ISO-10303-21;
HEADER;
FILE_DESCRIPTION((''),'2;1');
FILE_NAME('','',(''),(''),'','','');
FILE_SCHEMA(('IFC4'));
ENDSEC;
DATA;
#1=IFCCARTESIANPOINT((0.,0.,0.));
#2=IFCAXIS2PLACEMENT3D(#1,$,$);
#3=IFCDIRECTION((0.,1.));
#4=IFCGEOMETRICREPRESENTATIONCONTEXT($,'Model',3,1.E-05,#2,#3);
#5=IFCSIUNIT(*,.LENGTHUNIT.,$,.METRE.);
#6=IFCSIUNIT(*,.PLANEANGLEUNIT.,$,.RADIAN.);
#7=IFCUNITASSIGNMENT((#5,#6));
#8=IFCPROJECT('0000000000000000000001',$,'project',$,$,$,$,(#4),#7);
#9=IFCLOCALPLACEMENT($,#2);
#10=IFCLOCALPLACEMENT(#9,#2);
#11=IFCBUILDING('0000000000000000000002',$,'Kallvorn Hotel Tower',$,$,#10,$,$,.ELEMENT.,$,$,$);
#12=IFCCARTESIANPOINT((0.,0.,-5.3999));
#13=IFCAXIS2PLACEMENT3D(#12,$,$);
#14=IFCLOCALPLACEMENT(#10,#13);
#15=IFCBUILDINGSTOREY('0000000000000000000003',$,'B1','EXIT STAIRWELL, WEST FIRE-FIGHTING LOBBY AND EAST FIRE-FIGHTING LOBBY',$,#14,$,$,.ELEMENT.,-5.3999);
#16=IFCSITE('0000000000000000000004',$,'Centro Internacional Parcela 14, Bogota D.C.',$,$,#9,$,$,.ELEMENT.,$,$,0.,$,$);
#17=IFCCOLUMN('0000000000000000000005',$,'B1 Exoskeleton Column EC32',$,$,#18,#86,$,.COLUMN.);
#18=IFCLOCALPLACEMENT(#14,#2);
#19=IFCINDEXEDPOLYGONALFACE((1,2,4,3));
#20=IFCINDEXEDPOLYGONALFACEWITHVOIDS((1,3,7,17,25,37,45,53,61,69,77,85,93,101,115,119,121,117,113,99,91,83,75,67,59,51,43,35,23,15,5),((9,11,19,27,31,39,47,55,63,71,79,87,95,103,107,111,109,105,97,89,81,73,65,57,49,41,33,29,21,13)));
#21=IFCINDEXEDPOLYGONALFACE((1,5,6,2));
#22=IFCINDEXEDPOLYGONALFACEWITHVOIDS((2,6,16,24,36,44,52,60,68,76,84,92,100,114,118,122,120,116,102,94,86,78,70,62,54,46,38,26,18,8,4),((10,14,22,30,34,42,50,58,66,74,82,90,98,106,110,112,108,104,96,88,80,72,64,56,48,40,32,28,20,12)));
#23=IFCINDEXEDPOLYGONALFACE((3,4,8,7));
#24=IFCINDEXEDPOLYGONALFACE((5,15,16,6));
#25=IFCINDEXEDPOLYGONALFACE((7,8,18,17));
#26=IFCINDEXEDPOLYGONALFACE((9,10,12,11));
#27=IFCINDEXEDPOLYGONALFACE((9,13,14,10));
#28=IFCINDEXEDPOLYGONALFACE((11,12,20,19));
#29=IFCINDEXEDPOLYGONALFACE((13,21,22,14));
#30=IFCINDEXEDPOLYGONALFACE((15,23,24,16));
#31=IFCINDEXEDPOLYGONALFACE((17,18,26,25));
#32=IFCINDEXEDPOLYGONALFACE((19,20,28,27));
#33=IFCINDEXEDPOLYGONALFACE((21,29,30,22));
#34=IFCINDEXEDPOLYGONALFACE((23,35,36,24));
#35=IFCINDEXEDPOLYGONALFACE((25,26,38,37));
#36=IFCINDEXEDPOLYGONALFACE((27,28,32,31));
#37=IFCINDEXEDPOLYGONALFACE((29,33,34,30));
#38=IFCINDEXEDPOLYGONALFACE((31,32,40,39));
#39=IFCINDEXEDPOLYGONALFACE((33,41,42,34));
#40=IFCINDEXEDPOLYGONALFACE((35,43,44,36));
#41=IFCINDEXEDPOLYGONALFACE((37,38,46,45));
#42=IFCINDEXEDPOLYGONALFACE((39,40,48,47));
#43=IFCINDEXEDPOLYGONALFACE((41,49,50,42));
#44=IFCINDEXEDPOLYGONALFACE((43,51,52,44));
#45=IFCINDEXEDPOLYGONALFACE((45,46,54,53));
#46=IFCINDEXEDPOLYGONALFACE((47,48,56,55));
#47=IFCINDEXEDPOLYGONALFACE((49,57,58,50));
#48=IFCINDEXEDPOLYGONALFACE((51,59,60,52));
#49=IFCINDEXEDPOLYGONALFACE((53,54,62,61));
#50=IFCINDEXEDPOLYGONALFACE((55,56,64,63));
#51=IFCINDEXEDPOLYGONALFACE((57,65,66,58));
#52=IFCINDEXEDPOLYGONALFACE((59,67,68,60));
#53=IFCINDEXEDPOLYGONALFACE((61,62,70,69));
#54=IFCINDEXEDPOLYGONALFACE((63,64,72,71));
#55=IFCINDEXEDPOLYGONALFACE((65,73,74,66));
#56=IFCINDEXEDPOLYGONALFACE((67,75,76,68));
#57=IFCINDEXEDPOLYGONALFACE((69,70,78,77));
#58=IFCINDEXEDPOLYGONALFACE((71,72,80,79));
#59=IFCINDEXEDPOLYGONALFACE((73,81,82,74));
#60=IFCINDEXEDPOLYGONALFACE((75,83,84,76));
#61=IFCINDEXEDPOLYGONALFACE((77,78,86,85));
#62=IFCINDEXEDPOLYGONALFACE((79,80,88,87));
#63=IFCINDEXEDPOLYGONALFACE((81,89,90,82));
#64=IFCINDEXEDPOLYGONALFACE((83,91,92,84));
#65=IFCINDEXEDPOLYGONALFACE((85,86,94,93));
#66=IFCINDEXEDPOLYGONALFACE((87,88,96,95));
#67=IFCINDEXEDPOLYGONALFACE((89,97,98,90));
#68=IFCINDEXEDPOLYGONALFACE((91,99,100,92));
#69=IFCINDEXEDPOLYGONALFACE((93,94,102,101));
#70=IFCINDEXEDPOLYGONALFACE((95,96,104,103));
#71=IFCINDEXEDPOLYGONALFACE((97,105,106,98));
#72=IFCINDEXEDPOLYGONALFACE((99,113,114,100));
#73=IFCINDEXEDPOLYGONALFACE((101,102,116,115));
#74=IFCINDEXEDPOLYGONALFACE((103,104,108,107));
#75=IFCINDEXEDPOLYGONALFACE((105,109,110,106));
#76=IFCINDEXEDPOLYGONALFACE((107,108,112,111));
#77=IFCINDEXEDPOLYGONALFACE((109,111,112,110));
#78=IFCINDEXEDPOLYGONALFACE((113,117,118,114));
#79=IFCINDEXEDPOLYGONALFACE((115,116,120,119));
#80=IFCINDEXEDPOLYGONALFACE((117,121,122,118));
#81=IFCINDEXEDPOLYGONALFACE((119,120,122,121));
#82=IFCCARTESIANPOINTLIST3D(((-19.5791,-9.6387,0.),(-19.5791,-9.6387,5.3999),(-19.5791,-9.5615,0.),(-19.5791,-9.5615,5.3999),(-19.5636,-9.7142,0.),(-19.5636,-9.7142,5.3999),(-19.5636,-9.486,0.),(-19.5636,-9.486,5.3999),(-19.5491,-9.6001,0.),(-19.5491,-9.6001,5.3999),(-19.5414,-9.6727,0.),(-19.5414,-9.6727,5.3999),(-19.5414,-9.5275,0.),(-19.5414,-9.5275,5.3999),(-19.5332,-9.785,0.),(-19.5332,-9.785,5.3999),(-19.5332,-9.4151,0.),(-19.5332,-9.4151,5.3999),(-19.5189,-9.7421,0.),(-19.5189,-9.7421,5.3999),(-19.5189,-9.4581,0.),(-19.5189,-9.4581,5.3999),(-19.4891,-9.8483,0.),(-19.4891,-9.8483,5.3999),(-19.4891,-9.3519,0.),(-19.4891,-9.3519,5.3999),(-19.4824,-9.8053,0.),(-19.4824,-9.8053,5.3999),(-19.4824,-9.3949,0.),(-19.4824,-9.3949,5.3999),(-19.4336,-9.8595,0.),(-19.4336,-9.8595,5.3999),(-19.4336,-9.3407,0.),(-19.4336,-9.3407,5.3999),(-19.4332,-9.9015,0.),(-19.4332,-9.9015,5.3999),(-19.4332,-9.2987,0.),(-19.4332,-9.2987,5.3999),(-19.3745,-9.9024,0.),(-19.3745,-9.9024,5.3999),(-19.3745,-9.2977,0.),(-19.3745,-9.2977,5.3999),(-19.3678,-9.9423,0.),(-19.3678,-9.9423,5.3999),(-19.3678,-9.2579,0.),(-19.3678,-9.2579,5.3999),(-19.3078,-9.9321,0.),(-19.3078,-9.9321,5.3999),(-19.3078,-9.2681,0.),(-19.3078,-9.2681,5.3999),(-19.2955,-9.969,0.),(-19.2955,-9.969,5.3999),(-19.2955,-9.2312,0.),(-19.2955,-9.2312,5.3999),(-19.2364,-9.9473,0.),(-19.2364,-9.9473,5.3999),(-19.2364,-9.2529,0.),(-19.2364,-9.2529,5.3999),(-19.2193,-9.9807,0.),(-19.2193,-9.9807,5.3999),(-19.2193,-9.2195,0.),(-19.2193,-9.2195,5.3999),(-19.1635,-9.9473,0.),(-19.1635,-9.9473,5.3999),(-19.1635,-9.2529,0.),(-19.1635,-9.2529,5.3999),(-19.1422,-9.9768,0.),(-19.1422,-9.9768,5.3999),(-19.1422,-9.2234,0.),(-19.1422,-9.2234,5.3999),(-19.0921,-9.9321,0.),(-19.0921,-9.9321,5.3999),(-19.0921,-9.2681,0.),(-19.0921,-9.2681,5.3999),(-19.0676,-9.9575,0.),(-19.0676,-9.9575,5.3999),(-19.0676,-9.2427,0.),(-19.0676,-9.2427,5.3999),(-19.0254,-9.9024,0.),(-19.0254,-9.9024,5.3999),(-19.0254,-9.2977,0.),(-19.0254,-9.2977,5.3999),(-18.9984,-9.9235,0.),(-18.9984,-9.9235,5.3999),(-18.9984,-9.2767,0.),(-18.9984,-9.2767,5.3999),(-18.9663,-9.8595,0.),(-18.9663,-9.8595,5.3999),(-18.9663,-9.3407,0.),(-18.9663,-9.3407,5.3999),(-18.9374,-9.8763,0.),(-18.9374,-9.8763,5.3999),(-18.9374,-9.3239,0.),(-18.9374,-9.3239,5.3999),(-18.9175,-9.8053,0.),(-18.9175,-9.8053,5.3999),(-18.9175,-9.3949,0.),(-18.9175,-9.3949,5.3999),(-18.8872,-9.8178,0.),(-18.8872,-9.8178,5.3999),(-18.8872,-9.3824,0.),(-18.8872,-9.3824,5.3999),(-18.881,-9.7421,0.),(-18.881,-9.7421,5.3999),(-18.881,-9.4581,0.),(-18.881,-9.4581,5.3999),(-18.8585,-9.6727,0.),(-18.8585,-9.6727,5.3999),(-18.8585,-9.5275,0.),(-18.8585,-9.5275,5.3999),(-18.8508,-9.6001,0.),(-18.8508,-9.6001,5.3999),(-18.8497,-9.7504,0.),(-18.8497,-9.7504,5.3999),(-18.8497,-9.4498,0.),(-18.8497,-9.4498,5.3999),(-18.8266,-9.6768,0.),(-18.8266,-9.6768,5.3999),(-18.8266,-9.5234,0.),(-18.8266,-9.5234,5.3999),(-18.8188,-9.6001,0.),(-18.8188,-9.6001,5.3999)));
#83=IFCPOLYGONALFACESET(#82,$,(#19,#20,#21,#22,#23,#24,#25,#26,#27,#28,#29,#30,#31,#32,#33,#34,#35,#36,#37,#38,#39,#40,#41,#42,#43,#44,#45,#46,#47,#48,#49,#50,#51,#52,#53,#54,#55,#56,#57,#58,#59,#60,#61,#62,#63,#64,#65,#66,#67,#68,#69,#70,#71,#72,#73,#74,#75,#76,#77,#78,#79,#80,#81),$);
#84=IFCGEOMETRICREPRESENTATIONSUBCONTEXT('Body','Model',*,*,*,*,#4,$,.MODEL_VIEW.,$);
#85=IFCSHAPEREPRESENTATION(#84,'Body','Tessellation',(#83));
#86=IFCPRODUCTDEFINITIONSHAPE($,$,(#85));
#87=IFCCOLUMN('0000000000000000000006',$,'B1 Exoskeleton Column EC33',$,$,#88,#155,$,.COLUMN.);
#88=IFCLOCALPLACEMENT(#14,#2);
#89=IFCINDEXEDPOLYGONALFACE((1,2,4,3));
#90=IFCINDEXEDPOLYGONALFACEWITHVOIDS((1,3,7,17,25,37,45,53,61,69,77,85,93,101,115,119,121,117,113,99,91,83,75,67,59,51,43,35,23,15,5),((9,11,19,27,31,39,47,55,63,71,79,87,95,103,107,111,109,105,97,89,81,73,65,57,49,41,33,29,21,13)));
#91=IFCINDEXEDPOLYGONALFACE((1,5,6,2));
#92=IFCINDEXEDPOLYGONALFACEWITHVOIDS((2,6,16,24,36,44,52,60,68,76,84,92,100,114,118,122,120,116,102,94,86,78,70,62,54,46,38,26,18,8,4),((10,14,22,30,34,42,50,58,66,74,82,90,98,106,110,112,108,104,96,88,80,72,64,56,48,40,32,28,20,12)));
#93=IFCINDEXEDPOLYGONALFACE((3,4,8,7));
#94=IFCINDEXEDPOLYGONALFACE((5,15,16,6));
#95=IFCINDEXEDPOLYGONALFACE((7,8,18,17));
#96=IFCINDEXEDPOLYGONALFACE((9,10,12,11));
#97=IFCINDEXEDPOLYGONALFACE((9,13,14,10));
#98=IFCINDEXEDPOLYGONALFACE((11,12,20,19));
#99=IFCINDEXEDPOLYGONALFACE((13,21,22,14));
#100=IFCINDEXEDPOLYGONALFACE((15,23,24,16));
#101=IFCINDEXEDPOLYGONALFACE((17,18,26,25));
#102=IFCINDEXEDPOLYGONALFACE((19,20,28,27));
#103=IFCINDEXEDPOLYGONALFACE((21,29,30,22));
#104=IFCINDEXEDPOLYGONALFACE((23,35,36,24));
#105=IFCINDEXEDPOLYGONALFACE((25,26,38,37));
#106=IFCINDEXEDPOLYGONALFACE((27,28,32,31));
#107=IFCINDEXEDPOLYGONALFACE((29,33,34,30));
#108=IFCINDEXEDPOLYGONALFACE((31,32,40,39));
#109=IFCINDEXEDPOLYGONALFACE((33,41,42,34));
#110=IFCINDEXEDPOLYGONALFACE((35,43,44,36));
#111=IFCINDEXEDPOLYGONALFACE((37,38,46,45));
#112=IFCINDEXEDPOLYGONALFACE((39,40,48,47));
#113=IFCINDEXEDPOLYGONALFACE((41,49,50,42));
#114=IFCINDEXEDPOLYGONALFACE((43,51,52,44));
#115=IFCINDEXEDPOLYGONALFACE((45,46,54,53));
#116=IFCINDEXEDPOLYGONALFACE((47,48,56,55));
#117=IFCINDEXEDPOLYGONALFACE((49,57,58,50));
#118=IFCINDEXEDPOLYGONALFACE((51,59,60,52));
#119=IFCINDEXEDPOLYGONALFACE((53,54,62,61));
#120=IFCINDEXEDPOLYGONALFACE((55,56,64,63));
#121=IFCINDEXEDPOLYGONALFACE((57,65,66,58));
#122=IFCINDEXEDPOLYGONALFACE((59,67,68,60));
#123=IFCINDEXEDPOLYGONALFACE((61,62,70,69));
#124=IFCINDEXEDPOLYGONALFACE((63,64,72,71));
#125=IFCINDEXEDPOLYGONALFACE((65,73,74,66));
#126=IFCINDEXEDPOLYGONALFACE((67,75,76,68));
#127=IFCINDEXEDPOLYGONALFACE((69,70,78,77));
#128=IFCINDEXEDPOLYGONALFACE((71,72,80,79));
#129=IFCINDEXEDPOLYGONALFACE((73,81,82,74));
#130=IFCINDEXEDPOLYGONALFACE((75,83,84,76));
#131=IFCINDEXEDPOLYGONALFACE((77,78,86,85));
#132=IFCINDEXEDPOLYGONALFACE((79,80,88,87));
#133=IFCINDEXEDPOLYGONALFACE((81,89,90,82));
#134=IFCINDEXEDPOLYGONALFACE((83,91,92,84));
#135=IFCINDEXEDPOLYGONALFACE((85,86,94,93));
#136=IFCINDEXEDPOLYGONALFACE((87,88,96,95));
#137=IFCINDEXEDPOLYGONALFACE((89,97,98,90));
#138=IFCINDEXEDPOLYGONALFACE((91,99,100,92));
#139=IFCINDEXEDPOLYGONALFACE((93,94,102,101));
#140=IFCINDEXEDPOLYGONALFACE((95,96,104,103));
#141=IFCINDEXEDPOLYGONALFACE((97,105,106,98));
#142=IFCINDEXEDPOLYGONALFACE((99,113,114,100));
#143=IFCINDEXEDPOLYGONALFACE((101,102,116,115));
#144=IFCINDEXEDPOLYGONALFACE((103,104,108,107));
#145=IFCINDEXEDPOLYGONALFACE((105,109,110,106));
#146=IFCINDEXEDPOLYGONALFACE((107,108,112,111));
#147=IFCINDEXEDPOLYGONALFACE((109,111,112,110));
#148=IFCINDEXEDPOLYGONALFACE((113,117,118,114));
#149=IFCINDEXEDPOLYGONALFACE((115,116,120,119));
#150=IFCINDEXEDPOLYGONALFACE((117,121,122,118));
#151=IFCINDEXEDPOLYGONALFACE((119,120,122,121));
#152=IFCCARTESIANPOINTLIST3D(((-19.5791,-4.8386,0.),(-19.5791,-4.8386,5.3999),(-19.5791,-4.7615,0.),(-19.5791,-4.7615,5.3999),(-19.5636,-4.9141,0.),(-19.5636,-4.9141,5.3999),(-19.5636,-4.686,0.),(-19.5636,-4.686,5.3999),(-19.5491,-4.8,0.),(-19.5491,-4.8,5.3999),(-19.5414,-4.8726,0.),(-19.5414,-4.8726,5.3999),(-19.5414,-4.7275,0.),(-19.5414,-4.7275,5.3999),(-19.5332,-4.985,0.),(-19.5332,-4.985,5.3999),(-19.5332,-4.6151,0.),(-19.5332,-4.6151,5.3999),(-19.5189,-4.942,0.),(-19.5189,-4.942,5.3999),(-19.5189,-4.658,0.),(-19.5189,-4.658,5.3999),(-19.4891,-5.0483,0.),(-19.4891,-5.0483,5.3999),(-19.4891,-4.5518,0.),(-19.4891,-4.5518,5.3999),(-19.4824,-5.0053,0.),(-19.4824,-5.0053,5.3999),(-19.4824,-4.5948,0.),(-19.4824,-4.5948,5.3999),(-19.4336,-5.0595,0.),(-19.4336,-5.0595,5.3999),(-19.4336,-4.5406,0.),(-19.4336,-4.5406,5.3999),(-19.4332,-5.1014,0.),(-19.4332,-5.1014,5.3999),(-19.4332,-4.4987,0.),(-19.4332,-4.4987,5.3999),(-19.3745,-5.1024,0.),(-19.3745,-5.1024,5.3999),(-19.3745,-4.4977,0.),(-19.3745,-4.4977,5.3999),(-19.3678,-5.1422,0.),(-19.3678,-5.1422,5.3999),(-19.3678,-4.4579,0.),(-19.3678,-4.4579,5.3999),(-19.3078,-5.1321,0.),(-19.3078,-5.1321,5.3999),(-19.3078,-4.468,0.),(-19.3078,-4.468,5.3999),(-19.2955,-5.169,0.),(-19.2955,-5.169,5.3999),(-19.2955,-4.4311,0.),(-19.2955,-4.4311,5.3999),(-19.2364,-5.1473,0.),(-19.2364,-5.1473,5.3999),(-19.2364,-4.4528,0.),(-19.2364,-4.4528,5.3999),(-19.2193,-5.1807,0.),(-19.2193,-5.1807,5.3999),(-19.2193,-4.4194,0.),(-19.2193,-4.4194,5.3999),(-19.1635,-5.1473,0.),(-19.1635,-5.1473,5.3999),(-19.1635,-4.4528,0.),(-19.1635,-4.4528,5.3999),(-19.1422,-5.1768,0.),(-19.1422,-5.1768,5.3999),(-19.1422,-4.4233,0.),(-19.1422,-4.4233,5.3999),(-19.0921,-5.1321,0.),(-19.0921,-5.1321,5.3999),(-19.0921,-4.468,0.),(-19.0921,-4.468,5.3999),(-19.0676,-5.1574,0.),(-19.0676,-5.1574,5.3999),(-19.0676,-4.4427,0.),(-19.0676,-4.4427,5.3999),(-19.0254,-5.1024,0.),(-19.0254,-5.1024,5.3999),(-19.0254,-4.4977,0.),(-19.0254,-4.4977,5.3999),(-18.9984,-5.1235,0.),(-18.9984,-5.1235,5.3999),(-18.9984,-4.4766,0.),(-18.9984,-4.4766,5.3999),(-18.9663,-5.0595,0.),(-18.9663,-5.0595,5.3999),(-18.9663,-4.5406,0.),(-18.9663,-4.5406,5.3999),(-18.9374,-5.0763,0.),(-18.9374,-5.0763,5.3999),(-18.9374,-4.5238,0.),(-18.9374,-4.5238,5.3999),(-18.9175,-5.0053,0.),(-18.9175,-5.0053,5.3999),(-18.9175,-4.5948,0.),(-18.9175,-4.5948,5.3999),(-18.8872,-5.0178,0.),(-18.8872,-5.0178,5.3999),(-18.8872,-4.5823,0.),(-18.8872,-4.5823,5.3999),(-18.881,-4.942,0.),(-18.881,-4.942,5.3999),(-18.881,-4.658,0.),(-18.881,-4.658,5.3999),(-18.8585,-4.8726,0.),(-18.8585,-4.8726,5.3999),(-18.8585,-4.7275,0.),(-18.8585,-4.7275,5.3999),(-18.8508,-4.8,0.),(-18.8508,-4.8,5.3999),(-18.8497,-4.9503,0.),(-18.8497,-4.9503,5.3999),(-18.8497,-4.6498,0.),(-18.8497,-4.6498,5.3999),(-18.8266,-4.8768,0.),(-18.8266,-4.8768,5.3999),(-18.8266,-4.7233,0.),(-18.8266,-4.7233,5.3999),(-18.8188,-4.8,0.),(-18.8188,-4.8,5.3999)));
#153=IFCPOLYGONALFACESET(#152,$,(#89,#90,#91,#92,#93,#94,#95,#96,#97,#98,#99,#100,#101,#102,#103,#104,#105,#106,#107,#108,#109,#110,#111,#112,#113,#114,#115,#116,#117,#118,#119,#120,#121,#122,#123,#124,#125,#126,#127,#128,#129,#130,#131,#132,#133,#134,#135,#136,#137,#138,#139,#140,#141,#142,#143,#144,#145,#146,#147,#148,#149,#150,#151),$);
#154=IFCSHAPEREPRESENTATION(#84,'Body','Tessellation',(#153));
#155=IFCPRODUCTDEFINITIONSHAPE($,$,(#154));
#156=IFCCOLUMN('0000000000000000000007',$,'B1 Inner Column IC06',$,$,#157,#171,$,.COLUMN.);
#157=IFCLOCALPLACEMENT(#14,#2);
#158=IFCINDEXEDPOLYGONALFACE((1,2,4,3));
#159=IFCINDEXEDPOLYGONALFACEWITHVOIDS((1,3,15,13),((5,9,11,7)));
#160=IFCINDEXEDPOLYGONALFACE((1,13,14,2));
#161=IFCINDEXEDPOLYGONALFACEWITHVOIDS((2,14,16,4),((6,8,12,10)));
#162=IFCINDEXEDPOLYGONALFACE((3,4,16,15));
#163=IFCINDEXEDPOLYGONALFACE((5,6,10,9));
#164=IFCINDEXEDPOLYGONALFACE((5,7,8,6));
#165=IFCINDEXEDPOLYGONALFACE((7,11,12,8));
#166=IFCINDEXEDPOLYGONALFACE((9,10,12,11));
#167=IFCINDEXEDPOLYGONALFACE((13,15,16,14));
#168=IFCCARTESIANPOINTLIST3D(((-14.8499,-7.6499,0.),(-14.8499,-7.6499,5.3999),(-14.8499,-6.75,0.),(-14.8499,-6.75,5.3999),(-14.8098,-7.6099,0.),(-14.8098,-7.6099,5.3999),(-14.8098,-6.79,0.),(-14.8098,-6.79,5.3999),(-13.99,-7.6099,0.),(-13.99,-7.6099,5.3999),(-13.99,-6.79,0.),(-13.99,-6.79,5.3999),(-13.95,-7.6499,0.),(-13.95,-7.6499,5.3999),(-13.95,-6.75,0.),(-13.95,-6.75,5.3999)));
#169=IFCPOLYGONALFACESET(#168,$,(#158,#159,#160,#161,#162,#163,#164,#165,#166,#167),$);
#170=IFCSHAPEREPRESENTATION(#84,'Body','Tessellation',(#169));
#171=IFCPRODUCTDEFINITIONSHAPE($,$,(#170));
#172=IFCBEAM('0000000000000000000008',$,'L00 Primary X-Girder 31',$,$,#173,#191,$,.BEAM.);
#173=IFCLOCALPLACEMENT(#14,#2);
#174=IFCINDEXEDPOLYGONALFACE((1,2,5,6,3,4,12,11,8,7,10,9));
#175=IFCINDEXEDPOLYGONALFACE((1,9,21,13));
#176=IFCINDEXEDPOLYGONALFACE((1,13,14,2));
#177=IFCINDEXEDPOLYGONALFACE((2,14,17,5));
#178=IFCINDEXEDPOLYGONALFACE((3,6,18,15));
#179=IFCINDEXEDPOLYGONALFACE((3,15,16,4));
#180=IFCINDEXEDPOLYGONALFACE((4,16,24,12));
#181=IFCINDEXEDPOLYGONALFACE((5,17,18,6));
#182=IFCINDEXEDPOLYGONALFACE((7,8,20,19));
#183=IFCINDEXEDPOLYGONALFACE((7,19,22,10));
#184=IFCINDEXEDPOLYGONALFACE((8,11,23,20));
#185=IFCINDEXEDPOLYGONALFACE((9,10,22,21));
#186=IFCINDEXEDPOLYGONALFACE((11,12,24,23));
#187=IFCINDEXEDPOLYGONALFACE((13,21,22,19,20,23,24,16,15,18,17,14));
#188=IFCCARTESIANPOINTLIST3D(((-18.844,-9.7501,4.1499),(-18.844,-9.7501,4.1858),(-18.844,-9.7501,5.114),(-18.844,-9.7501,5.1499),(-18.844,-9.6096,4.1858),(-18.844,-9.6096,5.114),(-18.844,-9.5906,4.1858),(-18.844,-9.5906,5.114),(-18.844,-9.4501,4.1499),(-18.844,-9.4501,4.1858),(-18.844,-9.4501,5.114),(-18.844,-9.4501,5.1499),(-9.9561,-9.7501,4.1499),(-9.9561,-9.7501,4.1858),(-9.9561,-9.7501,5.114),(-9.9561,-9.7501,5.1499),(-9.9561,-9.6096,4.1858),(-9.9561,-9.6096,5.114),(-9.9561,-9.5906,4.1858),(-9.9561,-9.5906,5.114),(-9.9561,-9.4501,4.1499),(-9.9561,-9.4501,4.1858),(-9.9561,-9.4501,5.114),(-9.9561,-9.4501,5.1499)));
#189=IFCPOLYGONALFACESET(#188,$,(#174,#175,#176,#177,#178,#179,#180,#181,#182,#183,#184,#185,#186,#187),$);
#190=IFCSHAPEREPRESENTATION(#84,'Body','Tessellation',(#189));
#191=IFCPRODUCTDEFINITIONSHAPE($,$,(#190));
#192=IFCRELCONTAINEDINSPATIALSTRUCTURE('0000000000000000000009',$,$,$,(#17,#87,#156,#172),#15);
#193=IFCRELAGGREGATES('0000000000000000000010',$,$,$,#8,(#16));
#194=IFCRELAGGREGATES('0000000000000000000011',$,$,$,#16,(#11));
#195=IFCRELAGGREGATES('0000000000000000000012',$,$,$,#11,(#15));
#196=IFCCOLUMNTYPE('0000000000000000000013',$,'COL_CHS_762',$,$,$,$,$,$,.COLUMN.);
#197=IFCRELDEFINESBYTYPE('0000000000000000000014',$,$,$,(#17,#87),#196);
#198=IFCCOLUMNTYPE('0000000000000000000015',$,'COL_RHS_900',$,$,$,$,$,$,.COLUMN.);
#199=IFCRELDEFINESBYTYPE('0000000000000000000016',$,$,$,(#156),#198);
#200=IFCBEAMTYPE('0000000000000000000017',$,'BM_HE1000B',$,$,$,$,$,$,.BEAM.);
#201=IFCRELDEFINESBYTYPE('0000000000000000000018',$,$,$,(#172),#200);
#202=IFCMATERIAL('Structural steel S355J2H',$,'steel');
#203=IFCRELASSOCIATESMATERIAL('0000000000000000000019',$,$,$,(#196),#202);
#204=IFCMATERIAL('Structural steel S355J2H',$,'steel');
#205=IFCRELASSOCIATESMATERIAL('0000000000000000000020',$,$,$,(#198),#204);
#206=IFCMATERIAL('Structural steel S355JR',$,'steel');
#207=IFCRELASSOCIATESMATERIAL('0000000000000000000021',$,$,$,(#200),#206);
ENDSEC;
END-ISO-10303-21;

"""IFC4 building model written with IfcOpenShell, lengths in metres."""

from ifc_helpers import new_model, si_unit, direction, frame, origin, origin_2d, place, context, subcontext, project, spatial, hollow_rectangle, hollow_circle, i_section, extrude, material, material_profile, profile_set, type_object, element, save


model = new_model("IFC4")

# Units and contexts
model_context = context("Model", 3, precision=1e-05, world=origin(), true_north=direction((0.0, 1.0)))
body_context = subcontext(model_context, "Body", "Model", "MODEL_VIEW")
ifc_project = project(units=[si_unit("LENGTHUNIT", "METRE"), si_unit("PLANEANGLEUNIT", "RADIAN")], contexts=[model_context])

# Site, building, storey
site_placement = place(None, origin())
site = spatial("IfcSite", under=ifc_project, at=site_placement, Name="Centro Internacional Parcela 14, Bogota D.C.", CompositionType="ELEMENT", RefElevation=0.0)
building_placement = place(site_placement, origin())
building = spatial("IfcBuilding", under=site, at=building_placement, Name="Kallvorn Hotel Tower", CompositionType="ELEMENT")
storey_placement = place(building_placement, frame((0.0, 0.0, -5.3999)))
storey = spatial("IfcBuildingStorey", under=building, at=storey_placement, Name="B1", Description="EXIT STAIRWELL, WEST FIRE-FIGHTING LOBBY AND EAST FIRE-FIGHTING LOBBY", CompositionType="ELEMENT", Elevation=-5.3999)

# Columns
ifc_material_1 = material(Name="Structural steel S355J2H", Category="steel")
ifc_material_profile_1 = material_profile(ifc_material_1, hollow_circle(Radius=0.3811, WallThickness=0.032, at=origin_2d()), Name="CHS 762x32")
ifc_profile_set_1 = profile_set([ifc_material_profile_1], Name="Structural steel S355J2H")
column_type_1 = type_object("IfcColumnType", Name="COL_CHS_762", PredefinedType="COLUMN", material=ifc_profile_set_1)
for number, where, z_axis, x_axis, name in (
    (1, (-19.2, -9.6001, 0.0), (0.0, 0.0, 1.0), (1.0, 0.0, 0.0), "B1 Exoskeleton Column EC32"),
    (2, (-19.2, -4.8, 0.0), (0.0, 0.0, 1.0), (1.0, 0.0, 0.0), "B1 Exoskeleton Column EC33"),
):
    element("IfcColumn", number, at=place(storey_placement, frame(where, z_axis=z_axis, x_axis=x_axis)), inside=storey, type_object=column_type_1, Name=name, PredefinedType="COLUMN", context=body_context, shape_type="SweptSolid", body=[
        extrude(hollow_circle(Radius=0.3811, WallThickness=0.032, at=origin_2d()), origin(), (0.0, 0.0, 1.0), 5.3999),
    ])
ifc_material_2 = material(Name="Structural steel S355J2H", Category="steel")
ifc_material_profile_2 = material_profile(ifc_material_2, hollow_rectangle(XDim=0.8999, YDim=0.8999, WallThickness=0.04, at=origin_2d()), Name="RHS 900x900x40")
ifc_profile_set_2 = profile_set([ifc_material_profile_2], Name="Structural steel S355J2H")
column_type_2 = type_object("IfcColumnType", Name="COL_RHS_900", PredefinedType="COLUMN", material=ifc_profile_set_2)
column_placement = place(storey_placement, frame((-14.3999, -7.2, 0.0), z_axis=(0.0, 0.0, 1.0), x_axis=(1.0, 0.0, 0.0)))
element("IfcColumn", 3, at=column_placement, inside=storey, type_object=column_type_2, Name="B1 Inner Column IC06", PredefinedType="COLUMN", context=body_context, shape_type="SweptSolid", body=[
    extrude(hollow_rectangle(XDim=0.8999, YDim=0.8999, WallThickness=0.04, at=origin_2d()), origin(), (0.0, 0.0, 1.0), 5.3999),
])

# Beam
ifc_material_3 = material(Name="Structural steel S355JR", Category="steel")
ifc_material_profile_3 = material_profile(ifc_material_3, i_section(OverallWidth=0.3, OverallDepth=1.0, WebThickness=0.019, FlangeThickness=0.0359, at=origin_2d()), Name="HE 1000 B")
ifc_profile_set_3 = profile_set([ifc_material_profile_3], Name="Structural steel S355JR")
beam_type_1 = type_object("IfcBeamType", Name="BM_HE1000B", PredefinedType="BEAM", material=ifc_profile_set_3)
beam_1_placement = place(storey_placement, frame((-18.844, -9.6001, 4.6499), z_axis=(1.0, 0.0, 0.0), x_axis=(0.0, 1.0, 0.0)))
element("IfcBeam", 4, at=beam_1_placement, inside=storey, type_object=beam_type_1, Name="L00 Primary X-Girder 31", PredefinedType="BEAM", context=body_context, shape_type="SweptSolid", body=[
    extrude(i_section(OverallWidth=0.3, OverallDepth=1.0, WebThickness=0.019, FlangeThickness=0.0359, at=origin_2d()), origin(), (0.0, 0.0, 1.0), 8.8879),
])

save(model, "model.ifc")
